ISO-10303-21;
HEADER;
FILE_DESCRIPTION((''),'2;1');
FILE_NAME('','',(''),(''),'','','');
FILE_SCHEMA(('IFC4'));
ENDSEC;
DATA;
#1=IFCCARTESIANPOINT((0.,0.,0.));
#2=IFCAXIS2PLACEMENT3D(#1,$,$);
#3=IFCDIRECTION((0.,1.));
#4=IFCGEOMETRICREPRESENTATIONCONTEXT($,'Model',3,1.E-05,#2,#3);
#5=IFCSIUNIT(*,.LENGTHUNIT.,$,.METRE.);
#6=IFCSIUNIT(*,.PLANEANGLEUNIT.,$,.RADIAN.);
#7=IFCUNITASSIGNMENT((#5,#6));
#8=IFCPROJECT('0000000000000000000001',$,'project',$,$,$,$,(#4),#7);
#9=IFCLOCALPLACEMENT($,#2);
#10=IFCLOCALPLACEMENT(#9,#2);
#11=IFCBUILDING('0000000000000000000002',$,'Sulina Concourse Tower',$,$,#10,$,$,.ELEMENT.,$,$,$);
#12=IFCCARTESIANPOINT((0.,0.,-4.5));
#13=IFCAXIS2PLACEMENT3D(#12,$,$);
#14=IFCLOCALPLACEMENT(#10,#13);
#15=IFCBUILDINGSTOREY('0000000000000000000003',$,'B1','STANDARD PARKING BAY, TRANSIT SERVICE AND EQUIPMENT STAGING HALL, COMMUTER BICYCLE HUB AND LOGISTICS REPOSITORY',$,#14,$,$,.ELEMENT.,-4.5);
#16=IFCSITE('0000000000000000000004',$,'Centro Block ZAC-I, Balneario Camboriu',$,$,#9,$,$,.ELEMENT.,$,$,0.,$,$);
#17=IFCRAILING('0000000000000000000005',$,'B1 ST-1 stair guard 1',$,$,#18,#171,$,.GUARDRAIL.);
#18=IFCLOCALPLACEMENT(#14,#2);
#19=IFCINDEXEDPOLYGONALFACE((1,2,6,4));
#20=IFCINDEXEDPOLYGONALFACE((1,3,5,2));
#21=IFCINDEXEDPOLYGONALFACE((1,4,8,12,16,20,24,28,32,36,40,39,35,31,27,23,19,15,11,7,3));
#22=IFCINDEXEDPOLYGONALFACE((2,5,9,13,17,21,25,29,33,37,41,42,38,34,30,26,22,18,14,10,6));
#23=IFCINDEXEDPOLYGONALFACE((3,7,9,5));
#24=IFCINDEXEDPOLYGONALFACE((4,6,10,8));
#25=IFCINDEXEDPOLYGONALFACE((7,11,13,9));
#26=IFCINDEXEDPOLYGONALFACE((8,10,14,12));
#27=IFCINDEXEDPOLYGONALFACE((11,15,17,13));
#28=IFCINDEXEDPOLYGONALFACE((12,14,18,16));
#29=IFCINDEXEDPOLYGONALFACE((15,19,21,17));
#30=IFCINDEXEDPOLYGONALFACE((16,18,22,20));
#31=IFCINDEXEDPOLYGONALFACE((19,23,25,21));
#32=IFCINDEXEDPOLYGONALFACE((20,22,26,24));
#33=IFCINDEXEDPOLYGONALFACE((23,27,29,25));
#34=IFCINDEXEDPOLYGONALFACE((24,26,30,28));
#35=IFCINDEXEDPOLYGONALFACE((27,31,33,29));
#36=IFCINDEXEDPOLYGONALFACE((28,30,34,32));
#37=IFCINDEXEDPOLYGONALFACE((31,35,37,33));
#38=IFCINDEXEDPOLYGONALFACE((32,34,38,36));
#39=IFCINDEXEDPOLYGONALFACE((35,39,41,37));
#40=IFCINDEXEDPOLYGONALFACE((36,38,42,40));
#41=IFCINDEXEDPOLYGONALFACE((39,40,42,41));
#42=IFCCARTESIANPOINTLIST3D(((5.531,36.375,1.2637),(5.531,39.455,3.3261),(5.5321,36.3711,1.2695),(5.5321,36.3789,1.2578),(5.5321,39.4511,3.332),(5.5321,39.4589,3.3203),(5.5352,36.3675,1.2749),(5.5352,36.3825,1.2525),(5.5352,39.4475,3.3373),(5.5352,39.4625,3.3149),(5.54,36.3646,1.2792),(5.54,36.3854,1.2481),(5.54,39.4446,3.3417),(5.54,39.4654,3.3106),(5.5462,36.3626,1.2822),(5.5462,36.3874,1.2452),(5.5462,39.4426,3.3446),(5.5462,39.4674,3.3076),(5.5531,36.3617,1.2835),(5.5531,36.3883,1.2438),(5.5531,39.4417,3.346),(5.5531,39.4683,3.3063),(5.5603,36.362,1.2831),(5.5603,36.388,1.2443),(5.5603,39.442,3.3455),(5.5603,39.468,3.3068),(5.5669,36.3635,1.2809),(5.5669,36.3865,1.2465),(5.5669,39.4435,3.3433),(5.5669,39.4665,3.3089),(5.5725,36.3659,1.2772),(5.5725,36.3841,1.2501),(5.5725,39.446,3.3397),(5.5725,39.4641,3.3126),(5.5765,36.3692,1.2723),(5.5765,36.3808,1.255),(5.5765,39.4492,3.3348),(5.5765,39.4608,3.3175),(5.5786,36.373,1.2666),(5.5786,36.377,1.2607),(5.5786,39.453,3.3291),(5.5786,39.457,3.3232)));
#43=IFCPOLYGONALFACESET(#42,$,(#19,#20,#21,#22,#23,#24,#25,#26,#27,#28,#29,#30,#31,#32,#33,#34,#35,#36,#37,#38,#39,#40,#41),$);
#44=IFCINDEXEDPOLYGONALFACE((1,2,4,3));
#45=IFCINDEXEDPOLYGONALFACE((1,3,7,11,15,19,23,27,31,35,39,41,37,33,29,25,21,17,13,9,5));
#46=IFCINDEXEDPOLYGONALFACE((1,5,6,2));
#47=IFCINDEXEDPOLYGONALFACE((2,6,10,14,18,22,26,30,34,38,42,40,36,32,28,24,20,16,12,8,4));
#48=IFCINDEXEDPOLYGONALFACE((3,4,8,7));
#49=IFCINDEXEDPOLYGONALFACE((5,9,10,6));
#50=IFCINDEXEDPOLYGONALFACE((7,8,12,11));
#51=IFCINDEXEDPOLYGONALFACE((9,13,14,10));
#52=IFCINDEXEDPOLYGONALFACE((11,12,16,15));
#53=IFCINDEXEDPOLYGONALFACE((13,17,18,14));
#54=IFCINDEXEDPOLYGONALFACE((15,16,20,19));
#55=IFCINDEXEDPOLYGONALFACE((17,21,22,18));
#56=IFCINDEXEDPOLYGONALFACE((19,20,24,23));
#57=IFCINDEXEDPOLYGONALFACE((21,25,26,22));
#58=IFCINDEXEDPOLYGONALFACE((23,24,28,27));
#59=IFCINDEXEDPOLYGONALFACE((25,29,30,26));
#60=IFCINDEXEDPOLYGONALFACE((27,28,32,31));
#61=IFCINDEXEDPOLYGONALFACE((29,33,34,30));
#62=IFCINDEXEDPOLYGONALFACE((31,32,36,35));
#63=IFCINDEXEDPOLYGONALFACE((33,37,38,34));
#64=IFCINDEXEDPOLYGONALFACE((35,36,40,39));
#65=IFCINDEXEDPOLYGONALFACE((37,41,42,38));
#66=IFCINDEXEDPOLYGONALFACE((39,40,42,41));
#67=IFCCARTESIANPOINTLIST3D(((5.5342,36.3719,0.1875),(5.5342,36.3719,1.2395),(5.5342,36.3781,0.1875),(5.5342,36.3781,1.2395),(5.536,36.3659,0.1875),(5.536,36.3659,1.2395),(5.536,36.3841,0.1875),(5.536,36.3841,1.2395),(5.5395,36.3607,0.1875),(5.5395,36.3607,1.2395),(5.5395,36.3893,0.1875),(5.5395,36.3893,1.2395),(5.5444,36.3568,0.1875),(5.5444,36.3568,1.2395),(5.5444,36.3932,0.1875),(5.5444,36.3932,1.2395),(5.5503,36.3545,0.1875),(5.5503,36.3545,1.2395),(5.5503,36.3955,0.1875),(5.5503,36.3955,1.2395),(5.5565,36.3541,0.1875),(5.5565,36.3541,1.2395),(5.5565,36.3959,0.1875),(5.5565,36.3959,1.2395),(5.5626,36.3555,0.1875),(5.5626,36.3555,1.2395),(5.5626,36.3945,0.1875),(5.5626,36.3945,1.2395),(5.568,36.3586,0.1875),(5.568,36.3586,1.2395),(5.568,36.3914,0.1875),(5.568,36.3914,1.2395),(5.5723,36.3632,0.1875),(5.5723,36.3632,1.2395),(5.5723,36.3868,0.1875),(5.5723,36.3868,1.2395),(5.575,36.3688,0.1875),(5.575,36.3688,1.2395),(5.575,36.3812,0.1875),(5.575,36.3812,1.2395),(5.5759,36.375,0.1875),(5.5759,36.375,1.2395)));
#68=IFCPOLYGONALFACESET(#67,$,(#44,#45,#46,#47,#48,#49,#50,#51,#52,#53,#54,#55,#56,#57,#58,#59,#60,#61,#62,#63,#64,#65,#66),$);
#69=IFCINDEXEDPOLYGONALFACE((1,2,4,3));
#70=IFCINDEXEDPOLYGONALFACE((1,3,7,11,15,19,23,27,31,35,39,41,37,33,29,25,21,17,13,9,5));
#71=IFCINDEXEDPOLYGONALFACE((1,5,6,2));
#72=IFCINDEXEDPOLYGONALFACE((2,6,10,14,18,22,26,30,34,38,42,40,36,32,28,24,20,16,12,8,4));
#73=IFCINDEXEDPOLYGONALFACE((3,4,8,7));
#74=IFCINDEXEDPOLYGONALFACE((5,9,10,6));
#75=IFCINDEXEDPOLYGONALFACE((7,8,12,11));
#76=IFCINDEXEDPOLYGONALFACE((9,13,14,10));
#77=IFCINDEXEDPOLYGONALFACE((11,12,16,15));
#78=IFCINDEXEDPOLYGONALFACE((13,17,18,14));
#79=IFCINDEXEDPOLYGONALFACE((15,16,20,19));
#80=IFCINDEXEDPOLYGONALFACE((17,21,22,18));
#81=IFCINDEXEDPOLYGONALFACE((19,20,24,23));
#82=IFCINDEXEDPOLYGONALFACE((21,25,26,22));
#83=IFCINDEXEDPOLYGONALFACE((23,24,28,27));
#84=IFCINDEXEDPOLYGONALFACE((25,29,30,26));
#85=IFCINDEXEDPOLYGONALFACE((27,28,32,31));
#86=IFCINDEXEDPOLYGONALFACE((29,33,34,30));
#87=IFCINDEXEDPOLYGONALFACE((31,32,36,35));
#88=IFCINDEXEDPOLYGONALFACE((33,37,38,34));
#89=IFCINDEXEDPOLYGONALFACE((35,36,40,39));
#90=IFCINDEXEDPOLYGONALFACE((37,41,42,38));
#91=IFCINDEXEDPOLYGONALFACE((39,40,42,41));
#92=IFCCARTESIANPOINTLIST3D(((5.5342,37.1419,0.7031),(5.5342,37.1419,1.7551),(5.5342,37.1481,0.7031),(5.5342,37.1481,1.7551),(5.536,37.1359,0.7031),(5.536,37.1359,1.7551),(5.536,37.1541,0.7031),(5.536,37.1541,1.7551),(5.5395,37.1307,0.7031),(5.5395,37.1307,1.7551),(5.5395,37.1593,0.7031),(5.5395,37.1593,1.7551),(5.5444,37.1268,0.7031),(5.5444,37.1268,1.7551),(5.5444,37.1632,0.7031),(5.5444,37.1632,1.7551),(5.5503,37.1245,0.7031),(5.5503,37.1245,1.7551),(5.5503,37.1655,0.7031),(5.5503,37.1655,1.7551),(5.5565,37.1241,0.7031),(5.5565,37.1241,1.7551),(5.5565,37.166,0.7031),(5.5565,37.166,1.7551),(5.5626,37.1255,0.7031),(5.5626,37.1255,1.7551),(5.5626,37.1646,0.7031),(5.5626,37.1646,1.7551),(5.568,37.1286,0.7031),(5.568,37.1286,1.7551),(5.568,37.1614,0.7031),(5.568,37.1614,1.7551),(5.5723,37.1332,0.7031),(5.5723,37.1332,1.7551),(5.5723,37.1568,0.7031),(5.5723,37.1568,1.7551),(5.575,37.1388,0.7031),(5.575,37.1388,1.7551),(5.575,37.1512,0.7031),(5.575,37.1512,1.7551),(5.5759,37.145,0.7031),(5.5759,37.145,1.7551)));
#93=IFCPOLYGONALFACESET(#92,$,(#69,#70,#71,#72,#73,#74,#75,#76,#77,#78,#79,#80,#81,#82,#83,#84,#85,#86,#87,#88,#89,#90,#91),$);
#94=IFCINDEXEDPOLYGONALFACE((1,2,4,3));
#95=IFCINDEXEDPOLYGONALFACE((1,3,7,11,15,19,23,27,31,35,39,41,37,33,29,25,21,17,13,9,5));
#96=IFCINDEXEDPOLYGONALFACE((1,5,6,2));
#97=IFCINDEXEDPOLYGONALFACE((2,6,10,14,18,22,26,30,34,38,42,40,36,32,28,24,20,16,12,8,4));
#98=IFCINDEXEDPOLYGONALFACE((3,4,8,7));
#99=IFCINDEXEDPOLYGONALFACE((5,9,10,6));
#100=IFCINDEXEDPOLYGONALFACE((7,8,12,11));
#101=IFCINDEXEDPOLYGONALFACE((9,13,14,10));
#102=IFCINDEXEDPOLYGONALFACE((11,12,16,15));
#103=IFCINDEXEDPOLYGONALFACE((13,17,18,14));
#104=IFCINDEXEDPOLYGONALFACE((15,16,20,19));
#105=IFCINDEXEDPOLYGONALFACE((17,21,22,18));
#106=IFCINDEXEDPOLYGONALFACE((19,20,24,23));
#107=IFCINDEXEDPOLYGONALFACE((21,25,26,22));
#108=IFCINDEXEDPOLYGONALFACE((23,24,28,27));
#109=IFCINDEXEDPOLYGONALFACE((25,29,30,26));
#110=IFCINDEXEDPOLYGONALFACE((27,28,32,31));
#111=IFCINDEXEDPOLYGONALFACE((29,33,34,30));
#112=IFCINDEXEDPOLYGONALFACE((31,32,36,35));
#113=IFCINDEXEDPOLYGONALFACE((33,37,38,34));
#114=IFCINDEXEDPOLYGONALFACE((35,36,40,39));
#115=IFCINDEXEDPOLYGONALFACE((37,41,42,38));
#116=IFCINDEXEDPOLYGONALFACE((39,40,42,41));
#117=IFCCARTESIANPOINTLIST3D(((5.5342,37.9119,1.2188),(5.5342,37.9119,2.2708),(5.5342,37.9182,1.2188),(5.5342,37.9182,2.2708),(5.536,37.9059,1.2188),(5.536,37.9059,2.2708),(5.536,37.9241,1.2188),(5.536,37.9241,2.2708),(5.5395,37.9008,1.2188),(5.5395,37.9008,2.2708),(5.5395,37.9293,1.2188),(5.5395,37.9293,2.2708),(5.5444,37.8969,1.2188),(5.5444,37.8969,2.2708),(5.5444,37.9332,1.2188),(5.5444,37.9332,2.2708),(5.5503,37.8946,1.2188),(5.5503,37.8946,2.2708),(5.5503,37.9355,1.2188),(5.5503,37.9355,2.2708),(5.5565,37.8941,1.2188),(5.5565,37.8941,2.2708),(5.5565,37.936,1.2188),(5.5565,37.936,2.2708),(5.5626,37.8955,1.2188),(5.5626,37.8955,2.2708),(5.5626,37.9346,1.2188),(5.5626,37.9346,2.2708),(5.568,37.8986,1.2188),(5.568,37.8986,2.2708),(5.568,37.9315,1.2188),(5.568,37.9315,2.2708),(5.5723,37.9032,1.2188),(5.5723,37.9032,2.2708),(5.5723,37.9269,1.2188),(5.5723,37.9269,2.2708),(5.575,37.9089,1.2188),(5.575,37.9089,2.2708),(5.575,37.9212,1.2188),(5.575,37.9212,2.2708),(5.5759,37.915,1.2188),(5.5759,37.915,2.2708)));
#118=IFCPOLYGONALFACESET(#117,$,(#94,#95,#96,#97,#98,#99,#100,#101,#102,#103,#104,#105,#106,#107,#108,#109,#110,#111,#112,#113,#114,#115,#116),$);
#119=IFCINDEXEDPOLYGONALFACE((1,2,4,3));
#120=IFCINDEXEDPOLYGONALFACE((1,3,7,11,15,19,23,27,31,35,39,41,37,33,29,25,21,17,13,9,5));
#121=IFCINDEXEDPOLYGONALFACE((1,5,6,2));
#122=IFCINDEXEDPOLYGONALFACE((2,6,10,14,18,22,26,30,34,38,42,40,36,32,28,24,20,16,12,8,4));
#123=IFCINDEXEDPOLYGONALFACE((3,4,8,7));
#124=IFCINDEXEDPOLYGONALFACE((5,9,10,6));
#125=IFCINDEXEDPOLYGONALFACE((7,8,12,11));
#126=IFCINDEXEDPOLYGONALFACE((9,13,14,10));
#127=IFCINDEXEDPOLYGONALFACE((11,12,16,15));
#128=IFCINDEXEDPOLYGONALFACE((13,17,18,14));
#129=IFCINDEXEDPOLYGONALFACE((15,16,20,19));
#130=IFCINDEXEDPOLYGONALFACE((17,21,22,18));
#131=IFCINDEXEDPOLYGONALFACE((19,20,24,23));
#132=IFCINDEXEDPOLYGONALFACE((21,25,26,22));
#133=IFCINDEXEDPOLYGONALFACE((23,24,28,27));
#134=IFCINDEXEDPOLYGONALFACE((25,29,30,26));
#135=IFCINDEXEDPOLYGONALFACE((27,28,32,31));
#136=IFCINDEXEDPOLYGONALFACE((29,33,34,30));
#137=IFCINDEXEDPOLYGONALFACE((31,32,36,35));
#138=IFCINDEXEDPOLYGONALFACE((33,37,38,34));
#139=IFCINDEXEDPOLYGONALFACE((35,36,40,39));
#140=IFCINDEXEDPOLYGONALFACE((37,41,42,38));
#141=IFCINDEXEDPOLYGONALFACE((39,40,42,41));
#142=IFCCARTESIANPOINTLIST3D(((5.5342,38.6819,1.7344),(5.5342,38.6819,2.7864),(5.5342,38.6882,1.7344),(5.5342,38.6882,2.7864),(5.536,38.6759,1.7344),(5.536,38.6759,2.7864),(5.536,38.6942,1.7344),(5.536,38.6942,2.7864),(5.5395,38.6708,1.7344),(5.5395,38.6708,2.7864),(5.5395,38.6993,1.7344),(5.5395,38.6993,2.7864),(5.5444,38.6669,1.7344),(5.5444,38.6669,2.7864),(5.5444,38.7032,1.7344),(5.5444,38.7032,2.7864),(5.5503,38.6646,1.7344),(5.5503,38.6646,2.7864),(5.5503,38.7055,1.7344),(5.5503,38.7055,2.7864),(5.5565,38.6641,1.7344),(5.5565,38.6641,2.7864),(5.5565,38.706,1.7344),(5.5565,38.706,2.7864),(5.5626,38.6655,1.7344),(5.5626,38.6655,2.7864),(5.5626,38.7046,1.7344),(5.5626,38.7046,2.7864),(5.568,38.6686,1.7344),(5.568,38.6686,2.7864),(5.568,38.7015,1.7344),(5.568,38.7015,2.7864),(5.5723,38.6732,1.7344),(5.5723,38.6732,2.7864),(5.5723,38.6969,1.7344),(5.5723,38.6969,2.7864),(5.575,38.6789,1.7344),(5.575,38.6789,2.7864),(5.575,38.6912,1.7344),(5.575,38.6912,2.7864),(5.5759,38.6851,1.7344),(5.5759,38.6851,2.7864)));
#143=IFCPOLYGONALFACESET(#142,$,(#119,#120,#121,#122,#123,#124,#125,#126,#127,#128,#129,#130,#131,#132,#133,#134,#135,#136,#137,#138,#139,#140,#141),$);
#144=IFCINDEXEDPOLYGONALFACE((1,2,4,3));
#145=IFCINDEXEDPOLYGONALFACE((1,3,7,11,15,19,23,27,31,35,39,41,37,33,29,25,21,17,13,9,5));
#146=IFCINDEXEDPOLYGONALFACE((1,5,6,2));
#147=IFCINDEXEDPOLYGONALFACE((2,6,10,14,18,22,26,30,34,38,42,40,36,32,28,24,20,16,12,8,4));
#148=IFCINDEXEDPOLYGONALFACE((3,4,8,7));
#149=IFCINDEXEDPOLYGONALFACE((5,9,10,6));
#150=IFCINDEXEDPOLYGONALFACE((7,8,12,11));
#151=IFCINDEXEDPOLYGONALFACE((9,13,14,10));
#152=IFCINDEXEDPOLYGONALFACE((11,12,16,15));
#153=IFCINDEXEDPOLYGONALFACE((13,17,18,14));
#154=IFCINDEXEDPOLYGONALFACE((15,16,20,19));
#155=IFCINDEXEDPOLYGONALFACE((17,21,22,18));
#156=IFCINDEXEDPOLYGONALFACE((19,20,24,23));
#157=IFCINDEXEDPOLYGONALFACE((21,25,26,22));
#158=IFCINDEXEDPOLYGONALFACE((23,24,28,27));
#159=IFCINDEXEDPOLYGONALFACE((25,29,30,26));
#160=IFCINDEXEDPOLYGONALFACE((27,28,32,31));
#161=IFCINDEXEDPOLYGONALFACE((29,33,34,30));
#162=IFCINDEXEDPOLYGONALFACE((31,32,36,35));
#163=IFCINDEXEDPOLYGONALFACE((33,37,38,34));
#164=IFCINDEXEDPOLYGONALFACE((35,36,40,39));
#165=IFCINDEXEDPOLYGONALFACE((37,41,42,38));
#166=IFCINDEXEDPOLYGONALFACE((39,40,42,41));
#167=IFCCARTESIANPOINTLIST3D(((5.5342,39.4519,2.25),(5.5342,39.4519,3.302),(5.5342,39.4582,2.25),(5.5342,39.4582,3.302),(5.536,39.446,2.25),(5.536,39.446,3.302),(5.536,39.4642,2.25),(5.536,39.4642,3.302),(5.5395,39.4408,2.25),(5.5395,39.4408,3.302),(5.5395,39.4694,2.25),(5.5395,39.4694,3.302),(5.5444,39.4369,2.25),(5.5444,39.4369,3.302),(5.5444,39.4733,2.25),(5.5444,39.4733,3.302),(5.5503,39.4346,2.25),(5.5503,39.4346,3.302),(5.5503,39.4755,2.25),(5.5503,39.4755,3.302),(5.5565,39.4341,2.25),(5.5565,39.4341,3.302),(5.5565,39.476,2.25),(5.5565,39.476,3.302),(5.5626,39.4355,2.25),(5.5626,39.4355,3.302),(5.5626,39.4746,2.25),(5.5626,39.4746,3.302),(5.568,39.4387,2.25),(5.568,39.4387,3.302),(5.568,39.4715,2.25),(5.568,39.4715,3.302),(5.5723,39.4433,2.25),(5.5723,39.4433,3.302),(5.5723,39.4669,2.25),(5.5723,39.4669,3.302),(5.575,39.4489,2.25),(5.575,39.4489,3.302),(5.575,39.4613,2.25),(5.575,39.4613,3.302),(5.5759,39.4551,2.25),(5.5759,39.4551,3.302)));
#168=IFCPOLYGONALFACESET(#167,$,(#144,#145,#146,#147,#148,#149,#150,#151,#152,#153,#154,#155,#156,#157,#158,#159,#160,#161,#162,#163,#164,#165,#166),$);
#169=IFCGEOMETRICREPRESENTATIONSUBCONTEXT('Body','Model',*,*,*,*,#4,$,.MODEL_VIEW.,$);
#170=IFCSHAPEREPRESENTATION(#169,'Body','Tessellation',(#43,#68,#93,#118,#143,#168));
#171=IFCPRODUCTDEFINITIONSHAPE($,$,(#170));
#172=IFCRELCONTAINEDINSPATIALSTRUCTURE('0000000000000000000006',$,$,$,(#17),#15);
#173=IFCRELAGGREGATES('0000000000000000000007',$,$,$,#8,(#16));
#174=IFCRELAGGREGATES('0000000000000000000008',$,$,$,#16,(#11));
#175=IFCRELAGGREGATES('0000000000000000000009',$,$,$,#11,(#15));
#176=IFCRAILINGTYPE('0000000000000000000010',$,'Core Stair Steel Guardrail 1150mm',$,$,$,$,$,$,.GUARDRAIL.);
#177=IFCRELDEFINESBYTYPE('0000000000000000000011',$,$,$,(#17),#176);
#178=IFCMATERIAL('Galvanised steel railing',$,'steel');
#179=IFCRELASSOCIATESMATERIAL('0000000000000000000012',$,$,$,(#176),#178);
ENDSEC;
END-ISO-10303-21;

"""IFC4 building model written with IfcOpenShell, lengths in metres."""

from ifc_helpers import new_model, si_unit, direction, frame, origin, origin_2d, place, context, subcontext, project, spatial, circle, extrude, material, type_object, element, save


model = new_model("IFC4")

# Units and contexts
model_context = context("Model", 3, precision=1e-05, world=origin(), true_north=direction((0.0, 1.0)))
body_context = subcontext(model_context, "Body", "Model", "MODEL_VIEW")
ifc_project = project(units=[si_unit("LENGTHUNIT", "METRE"), si_unit("PLANEANGLEUNIT", "RADIAN")], contexts=[model_context])

# Site, building, storey
site_placement = place(None, origin())
site = spatial("IfcSite", under=ifc_project, at=site_placement, Name="Centro Block ZAC-I, Balneario Camboriu", CompositionType="ELEMENT", RefElevation=0.0)
building_placement = place(site_placement, origin())
building = spatial("IfcBuilding", under=site, at=building_placement, Name="Sulina Concourse Tower", CompositionType="ELEMENT")
storey_placement = place(building_placement, frame((0.0, 0.0, -4.5)))
storey = spatial("IfcBuildingStorey", under=building, at=storey_placement, Name="B1", Description="STANDARD PARKING BAY, TRANSIT SERVICE AND EQUIPMENT STAGING HALL, COMMUTER BICYCLE HUB AND LOGISTICS REPOSITORY", CompositionType="ELEMENT", Elevation=-4.5)

# Railing
ifc_material_1 = material(Name="Galvanised steel railing", Category="steel")
railing_type = type_object("IfcRailingType", Name="Core Stair Steel Guardrail 1150mm", PredefinedType="GUARDRAIL", material=ifc_material_1)
railing_placement = place(storey_placement, frame((5.5549, 36.375, 0.1875)))
element("IfcRailing", 1, at=railing_placement, inside=storey, type_object=railing_type, Name="B1 ST-1 stair guard 1", PredefinedType="GUARDRAIL", context=body_context, shape_type="SweptSolid", body=[
    extrude(circle(Radius=0.0239, at=origin_2d()), frame((0.0, 0.0, 1.0762), z_axis=(0.0, 0.830914, 0.556401), x_axis=(-1.0, 0.0, 0.0)), (0.0, 0.0, 1.0), 3.7068),
    extrude(circle(Radius=0.021, at=origin_2d()), origin(), (0.0, 0.0, 1.0), 1.052),
    extrude(circle(Radius=0.021, at=origin_2d()), frame((0.0, 0.77, 0.5156)), (0.0, 0.0, 1.0), 1.052),
    extrude(circle(Radius=0.021, at=origin_2d()), frame((0.0, 1.54, 1.0312)), (0.0, 0.0, 1.0), 1.052),
    extrude(circle(Radius=0.021, at=origin_2d()), frame((0.0, 2.3101, 1.5469)), (0.0, 0.0, 1.0), 1.052),
    extrude(circle(Radius=0.021, at=origin_2d()), frame((0.0, 3.0801, 2.0625)), (0.0, 0.0, 1.0), 1.052),
])

save(model, "model.ifc")
